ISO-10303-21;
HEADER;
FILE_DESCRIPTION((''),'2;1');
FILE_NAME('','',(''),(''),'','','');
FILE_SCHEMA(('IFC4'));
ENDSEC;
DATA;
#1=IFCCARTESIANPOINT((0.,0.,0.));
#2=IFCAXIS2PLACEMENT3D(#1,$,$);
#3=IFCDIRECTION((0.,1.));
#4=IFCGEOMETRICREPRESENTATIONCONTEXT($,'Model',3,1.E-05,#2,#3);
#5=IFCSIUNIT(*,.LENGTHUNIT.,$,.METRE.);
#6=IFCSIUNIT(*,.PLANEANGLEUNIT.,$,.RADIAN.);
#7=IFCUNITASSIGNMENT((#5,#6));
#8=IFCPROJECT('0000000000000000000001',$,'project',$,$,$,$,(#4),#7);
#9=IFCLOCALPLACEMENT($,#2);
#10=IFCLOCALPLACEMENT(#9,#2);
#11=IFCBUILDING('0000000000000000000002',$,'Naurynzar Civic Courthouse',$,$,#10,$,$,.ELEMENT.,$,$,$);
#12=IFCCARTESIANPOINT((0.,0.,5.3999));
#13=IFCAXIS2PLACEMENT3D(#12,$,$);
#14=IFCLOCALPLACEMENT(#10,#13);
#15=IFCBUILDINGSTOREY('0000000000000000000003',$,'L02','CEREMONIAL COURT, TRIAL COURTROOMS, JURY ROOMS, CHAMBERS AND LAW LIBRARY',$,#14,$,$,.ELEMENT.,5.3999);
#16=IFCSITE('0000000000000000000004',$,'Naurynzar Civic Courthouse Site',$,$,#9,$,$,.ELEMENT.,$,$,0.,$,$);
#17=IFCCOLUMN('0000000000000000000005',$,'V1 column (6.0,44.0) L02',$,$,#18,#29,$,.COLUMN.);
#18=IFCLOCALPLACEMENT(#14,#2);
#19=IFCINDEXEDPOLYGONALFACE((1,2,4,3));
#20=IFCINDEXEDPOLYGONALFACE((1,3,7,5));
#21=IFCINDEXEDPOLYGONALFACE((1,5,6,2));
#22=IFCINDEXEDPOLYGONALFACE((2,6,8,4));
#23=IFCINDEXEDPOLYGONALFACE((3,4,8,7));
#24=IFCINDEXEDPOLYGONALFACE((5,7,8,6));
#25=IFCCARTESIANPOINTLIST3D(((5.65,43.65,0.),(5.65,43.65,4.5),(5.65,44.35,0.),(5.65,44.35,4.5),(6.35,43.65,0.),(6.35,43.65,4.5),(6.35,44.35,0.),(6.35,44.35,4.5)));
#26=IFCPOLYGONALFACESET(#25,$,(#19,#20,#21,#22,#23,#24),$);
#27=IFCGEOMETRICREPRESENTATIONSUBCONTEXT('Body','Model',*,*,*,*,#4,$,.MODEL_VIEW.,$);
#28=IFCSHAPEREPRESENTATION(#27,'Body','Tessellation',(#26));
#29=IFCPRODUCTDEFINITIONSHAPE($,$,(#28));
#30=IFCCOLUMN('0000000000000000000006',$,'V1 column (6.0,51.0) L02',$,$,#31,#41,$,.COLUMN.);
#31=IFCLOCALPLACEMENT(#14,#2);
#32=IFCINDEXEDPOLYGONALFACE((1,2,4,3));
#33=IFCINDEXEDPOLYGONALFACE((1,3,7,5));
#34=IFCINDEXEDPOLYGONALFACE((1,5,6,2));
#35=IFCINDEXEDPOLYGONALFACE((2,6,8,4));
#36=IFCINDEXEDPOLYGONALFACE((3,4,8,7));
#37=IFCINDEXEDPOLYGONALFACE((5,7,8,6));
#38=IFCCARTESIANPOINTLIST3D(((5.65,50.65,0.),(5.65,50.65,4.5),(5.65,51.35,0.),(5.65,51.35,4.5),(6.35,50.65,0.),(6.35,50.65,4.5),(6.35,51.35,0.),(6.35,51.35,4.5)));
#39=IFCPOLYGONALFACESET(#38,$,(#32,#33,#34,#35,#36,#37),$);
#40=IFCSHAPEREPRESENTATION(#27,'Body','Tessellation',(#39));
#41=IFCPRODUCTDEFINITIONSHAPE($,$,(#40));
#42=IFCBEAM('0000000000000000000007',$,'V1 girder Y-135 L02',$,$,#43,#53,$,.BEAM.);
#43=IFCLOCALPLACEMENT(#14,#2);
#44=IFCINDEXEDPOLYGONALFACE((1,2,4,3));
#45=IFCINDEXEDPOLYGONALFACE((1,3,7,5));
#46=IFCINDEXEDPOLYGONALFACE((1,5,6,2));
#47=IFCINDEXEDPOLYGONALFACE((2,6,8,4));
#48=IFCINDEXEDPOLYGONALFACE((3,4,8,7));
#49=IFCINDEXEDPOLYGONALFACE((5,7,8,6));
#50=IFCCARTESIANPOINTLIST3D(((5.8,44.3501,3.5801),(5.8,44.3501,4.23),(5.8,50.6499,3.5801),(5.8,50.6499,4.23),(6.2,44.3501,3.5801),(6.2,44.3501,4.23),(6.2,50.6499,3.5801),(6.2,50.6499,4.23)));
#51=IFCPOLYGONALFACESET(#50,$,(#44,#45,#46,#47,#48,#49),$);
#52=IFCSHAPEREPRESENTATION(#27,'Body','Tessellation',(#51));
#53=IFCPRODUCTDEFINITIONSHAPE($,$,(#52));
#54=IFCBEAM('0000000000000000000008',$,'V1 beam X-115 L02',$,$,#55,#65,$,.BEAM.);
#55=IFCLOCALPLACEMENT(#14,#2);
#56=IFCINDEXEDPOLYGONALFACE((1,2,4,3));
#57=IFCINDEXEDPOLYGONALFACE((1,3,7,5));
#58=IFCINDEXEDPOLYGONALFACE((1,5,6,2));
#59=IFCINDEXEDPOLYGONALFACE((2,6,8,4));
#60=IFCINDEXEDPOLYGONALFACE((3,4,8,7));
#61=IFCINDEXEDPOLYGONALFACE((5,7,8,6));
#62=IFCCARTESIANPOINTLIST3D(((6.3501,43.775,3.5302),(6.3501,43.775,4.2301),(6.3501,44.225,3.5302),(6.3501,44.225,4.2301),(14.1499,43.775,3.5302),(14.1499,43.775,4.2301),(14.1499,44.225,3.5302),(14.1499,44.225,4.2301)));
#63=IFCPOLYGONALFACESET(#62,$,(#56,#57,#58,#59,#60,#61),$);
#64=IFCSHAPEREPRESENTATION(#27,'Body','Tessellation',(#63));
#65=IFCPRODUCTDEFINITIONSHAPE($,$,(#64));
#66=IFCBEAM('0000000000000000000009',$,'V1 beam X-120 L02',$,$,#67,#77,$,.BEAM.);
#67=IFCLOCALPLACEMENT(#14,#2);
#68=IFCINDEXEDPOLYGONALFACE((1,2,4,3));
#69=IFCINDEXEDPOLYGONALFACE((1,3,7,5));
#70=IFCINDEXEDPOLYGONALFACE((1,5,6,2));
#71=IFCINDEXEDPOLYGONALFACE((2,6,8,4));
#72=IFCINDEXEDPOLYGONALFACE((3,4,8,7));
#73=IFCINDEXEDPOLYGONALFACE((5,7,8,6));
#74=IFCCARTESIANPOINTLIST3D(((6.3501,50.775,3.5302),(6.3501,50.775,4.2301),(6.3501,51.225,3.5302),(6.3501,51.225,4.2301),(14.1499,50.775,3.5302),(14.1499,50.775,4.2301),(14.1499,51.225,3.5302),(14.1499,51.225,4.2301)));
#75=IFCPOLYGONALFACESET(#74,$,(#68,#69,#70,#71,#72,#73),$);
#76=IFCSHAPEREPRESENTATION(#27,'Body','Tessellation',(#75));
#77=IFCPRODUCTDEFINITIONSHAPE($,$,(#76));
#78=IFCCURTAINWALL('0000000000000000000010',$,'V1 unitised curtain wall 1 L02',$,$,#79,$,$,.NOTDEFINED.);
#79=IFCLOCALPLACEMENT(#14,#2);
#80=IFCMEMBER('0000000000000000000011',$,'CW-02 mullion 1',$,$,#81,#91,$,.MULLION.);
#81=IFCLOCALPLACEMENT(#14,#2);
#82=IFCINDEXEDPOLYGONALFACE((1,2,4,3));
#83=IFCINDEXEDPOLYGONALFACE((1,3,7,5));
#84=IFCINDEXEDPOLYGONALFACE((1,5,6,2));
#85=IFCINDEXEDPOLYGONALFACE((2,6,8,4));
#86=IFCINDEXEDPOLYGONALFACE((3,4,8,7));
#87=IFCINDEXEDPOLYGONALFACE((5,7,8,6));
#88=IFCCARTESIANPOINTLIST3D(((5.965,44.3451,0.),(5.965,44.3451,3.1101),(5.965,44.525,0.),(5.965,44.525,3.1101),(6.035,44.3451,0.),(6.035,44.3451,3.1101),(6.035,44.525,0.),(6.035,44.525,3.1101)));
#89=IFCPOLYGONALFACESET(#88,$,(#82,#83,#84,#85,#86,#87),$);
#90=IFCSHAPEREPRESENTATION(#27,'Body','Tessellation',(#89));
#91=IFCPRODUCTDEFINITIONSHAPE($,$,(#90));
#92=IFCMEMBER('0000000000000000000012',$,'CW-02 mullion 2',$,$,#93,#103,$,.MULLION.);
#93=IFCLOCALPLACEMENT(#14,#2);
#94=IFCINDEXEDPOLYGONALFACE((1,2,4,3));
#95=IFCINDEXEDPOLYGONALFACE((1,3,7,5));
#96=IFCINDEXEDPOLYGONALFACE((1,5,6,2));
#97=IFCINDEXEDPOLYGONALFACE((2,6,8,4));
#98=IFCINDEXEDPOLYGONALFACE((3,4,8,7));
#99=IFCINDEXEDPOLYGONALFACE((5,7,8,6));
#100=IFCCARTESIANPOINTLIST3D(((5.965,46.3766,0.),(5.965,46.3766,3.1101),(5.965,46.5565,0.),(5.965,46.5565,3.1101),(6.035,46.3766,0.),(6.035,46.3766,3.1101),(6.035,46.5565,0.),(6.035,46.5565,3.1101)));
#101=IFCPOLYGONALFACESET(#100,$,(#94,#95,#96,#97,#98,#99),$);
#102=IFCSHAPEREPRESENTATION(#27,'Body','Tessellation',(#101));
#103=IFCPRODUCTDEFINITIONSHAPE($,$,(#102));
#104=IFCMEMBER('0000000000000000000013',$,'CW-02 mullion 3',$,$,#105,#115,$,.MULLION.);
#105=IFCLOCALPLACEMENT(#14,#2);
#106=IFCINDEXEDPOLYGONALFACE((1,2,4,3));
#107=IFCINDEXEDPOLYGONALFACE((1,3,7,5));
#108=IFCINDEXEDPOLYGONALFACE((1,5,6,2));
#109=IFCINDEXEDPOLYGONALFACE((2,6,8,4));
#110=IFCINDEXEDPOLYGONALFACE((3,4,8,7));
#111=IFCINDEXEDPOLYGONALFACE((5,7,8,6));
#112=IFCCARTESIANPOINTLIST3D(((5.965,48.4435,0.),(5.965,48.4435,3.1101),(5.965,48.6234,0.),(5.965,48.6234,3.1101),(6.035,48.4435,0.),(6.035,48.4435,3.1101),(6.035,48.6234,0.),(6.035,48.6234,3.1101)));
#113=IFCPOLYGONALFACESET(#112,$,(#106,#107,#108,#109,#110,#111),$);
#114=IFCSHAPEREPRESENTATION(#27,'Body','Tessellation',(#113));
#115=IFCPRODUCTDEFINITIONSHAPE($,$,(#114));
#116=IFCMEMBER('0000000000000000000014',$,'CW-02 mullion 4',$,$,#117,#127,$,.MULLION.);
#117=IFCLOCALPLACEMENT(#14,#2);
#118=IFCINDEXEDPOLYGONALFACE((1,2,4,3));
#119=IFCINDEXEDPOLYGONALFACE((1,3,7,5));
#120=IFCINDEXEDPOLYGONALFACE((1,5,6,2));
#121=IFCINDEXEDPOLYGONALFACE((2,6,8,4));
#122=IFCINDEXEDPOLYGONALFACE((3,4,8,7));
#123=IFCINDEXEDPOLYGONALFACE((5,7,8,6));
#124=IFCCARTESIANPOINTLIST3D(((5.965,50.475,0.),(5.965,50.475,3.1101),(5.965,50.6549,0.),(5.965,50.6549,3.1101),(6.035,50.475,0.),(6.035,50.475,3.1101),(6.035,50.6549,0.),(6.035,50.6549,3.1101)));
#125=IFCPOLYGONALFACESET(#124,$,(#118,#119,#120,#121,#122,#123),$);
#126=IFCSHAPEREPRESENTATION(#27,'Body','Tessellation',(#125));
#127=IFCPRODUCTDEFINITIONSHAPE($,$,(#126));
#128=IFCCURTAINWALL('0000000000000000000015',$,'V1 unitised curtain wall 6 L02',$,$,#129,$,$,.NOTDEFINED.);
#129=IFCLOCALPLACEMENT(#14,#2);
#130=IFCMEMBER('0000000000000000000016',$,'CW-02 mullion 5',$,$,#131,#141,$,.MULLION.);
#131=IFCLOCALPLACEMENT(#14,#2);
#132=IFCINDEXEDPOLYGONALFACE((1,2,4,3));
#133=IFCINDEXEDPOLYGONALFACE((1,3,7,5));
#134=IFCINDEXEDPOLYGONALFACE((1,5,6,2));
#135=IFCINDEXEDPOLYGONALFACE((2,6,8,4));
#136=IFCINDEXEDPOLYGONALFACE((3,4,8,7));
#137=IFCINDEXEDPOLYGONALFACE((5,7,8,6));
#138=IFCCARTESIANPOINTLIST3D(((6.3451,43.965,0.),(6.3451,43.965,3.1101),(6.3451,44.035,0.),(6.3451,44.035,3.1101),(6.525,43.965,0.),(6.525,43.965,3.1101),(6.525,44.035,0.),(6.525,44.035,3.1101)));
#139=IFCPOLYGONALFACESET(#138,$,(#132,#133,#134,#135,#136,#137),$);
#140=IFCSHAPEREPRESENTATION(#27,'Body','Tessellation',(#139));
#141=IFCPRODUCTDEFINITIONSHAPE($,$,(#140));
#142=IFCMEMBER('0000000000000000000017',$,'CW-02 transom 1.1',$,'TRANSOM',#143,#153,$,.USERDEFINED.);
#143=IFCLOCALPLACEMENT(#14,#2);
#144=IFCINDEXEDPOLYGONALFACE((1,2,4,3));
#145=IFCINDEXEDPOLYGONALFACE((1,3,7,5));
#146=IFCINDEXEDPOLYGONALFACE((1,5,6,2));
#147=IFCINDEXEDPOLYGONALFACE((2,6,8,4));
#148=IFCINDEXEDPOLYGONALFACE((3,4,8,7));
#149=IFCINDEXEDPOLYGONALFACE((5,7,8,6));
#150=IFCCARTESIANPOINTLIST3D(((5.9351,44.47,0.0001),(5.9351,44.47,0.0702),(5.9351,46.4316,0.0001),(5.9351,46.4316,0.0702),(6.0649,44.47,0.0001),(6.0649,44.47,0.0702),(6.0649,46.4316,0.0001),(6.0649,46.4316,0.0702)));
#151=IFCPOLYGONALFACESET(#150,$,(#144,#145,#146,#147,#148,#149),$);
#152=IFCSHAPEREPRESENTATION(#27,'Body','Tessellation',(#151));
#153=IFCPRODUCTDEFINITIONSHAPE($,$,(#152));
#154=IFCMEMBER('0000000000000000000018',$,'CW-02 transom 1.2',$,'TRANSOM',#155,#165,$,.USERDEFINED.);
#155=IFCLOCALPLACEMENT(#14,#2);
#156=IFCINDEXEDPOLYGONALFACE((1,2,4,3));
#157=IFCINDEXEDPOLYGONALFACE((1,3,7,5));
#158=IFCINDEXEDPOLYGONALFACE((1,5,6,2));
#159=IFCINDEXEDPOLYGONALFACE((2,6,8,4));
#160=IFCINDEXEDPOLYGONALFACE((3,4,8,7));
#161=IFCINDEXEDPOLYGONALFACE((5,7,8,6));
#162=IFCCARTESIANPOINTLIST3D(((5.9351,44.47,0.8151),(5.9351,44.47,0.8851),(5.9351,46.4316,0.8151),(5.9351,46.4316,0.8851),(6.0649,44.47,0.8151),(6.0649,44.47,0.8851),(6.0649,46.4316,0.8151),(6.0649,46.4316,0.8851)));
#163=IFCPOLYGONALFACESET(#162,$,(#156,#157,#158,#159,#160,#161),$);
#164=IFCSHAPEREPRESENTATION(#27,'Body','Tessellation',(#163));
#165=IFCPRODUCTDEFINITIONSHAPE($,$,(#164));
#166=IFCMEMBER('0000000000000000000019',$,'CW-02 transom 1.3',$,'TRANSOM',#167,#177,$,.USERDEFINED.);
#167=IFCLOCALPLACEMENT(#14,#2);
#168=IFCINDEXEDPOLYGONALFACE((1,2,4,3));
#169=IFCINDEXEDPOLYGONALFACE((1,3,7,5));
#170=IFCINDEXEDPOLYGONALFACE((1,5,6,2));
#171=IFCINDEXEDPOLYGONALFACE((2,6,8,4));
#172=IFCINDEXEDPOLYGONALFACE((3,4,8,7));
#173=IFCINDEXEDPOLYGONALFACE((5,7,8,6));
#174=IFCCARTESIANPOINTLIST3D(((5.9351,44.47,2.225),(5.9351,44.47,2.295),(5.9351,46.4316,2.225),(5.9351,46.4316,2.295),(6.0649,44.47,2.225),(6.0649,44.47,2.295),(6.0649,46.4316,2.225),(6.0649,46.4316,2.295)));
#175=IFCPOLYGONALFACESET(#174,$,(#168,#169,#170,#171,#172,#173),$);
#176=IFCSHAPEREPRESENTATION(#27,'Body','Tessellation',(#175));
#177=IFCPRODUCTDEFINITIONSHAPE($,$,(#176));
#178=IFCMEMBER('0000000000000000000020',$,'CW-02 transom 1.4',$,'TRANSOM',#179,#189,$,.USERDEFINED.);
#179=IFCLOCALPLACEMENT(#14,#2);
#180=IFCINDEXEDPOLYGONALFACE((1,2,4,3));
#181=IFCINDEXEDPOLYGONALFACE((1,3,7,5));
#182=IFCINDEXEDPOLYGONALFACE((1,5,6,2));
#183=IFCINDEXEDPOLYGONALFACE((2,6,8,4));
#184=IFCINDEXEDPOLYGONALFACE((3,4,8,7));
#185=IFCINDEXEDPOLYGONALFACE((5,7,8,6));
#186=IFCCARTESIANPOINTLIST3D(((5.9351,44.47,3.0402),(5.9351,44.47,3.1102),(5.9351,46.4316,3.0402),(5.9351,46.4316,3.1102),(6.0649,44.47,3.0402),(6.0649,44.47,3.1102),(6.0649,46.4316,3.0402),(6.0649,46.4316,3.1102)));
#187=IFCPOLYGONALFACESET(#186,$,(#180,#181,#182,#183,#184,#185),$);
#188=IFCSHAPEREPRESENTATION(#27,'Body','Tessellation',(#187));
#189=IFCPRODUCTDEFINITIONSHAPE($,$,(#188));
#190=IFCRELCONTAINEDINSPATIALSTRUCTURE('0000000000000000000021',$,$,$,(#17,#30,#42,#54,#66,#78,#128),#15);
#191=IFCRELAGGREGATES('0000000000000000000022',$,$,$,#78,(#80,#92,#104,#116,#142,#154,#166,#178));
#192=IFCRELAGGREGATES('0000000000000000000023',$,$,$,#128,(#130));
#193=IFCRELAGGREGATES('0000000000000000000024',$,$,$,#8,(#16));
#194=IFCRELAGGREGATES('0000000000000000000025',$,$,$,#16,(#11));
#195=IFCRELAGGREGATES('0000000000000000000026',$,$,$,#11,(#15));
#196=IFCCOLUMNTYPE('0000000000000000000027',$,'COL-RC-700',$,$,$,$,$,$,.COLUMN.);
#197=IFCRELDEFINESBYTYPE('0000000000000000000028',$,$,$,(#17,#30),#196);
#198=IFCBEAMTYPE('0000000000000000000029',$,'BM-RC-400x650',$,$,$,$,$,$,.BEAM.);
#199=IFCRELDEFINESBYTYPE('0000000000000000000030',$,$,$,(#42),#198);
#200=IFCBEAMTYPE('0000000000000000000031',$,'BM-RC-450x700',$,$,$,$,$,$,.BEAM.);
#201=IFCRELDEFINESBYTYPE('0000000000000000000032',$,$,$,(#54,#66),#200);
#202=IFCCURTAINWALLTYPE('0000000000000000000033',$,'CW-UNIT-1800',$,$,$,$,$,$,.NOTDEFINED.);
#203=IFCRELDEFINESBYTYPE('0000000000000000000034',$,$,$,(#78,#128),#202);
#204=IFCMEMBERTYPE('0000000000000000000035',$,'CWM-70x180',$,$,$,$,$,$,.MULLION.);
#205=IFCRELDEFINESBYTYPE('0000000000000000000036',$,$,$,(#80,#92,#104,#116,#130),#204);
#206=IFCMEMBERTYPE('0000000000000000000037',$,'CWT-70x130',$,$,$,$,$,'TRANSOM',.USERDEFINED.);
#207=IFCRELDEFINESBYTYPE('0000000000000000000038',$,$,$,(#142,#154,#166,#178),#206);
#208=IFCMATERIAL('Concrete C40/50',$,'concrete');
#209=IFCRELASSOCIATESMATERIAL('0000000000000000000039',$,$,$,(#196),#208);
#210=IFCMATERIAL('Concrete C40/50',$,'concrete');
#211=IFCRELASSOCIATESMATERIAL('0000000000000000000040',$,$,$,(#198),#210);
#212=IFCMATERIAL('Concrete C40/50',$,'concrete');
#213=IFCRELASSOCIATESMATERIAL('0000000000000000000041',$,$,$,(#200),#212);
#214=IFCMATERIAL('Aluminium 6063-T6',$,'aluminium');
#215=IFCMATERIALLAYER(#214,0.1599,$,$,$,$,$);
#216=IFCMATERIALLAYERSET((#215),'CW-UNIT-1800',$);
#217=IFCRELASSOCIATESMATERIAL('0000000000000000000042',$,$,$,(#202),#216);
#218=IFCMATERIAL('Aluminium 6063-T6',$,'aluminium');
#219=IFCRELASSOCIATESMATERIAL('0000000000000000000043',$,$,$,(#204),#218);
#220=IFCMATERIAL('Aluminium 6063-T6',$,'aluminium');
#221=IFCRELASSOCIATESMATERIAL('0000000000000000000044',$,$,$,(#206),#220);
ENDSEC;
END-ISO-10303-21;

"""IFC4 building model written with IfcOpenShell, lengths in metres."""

from ifc_helpers import new_model, si_unit, direction, frame, origin, origin_2d, place, context, subcontext, project, spatial, rectangle, extrude, material, layer, layer_set, material_profile, profile_set, type_object, element, aggregate, save


model = new_model("IFC4")

# Units and contexts
model_context = context("Model", 3, precision=1e-05, world=origin(), true_north=direction((0.0, 1.0)))
body_context = subcontext(model_context, "Body", "Model", "MODEL_VIEW")
ifc_project = project(units=[si_unit("LENGTHUNIT", "METRE"), si_unit("PLANEANGLEUNIT", "RADIAN")], contexts=[model_context])

# Site, building, storey
site_placement = place(None, origin())
site = spatial("IfcSite", under=ifc_project, at=site_placement, Name="Naurynzar Civic Courthouse Site", CompositionType="ELEMENT", RefElevation=0.0)
building_placement = place(site_placement, origin())
building = spatial("IfcBuilding", under=site, at=building_placement, Name="Naurynzar Civic Courthouse", CompositionType="ELEMENT")
storey_placement = place(building_placement, frame((0.0, 0.0, 5.3999)))
storey = spatial("IfcBuildingStorey", under=building, at=storey_placement, Name="L02", Description="CEREMONIAL COURT, TRIAL COURTROOMS, JURY ROOMS, CHAMBERS AND LAW LIBRARY", CompositionType="ELEMENT", Elevation=5.3999)

# Columns
ifc_material_1 = material(Name="Concrete C40/50", Category="concrete")
ifc_material_profile_1 = material_profile(ifc_material_1, rectangle(XDim=0.7, YDim=0.7, at=origin_2d()), Name="RC 700x700")
ifc_profile_set_1 = profile_set([ifc_material_profile_1], Name="Concrete C40/50")
column_type = type_object("IfcColumnType", Name="COL-RC-700", PredefinedType="COLUMN", material=ifc_profile_set_1)
for number, where, z_axis, x_axis, name in (
    (1, (6.0, 44.0, 0.0), (0.0, 0.0, 1.0), (1.0, 0.0, 0.0), "V1 column (6.0,44.0) L02"),
    (2, (6.0, 51.0, 0.0), (0.0, 0.0, 1.0), (1.0, 0.0, 0.0), "V1 column (6.0,51.0) L02"),
):
    element("IfcColumn", number, at=place(storey_placement, frame(where, z_axis=z_axis, x_axis=x_axis)), inside=storey, type_object=column_type, Name=name, PredefinedType="COLUMN", context=body_context, shape_type="SweptSolid", body=[
        extrude(rectangle(XDim=0.7, YDim=0.7, at=origin_2d()), origin(), (0.0, 0.0, 1.0), 4.5),
    ])

# Beams
ifc_material_2 = material(Name="Concrete C40/50", Category="concrete")
ifc_material_profile_2 = material_profile(ifc_material_2, rectangle(XDim=0.3999, YDim=0.6499, at=origin_2d()), Name="RCB 400x650")
ifc_profile_set_2 = profile_set([ifc_material_profile_2], Name="Concrete C40/50")
beam_type_1 = type_object("IfcBeamType", Name="BM-RC-400x650", PredefinedType="BEAM", material=ifc_profile_set_2)
beam_placement = place(storey_placement, frame((6.0, 44.3501, 3.905), z_axis=(0.0, 1.0, 0.0), x_axis=(-1.0, 0.0, 0.0)))
element("IfcBeam", 3, at=beam_placement, inside=storey, type_object=beam_type_1, Name="V1 girder Y-135 L02", PredefinedType="BEAM", context=body_context, shape_type="SweptSolid", body=[
    extrude(rectangle(XDim=0.3999, YDim=0.6499, at=origin_2d()), origin(), (0.0, 0.0, 1.0), 6.2998),
])
ifc_material_3 = material(Name="Concrete C40/50", Category="concrete")
ifc_material_profile_3 = material_profile(ifc_material_3, rectangle(XDim=0.45, YDim=0.7, at=origin_2d()), Name="RCB 450x700")
ifc_profile_set_3 = profile_set([ifc_material_profile_3], Name="Concrete C40/50")
beam_type_2 = type_object("IfcBeamType", Name="BM-RC-450x700", PredefinedType="BEAM", material=ifc_profile_set_3)
for number, where, z_axis, x_axis, name in (
    (4, (6.3501, 44.0, 3.8801), (1.0, 0.0, 0.0), (0.0, 1.0, 0.0), "V1 beam X-115 L02"),
    (5, (6.3501, 51.0, 3.8801), (1.0, 0.0, 0.0), (0.0, 1.0, 0.0), "V1 beam X-120 L02"),
):
    element("IfcBeam", number, at=place(storey_placement, frame(where, z_axis=z_axis, x_axis=x_axis)), inside=storey, type_object=beam_type_2, Name=name, PredefinedType="BEAM", context=body_context, shape_type="SweptSolid", body=[
        extrude(rectangle(XDim=0.45, YDim=0.7, at=origin_2d()), origin(), (0.0, 0.0, 1.0), 7.7998),
    ])

# Curtain wall, members
ifc_material_4 = material(Name="Aluminium 6063-T6", Category="aluminium")
ifc_layer_1 = layer(ifc_material_4, 0.1599)
ifc_layer_set_1 = layer_set([ifc_layer_1], Name="CW-UNIT-1800")
curtain_wall_type = type_object("IfcCurtainWallType", Name="CW-UNIT-1800", PredefinedType="NOTDEFINED", material=ifc_layer_set_1)
curtain_wall_1_placement = place(storey_placement, origin())
curtain_wall_1 = element("IfcCurtainWall", 6, at=curtain_wall_1_placement, inside=storey, type_object=curtain_wall_type, Name="V1 unitised curtain wall 1 L02", PredefinedType="NOTDEFINED")
ifc_material_5 = material(Name="Aluminium 6063-T6", Category="aluminium")
ifc_material_profile_4 = material_profile(ifc_material_5, rectangle(XDim=0.0701, YDim=0.1799, at=origin_2d()), Name="ALU MULLION 70x180")
ifc_profile_set_4 = profile_set([ifc_material_profile_4], Name="Aluminium 6063-T6")
member_type_1 = type_object("IfcMemberType", Name="CWM-70x180", PredefinedType="MULLION", material=ifc_profile_set_4)
member_1_placement = place(storey_placement, frame((6.0, 44.4351, 0.0), z_axis=(0.0, 0.0, 1.0), x_axis=(-1.0, 0.0, 0.0)))
member_1 = element("IfcMember", 7, at=member_1_placement, type_object=member_type_1, Name="CW-02 mullion 1", PredefinedType="MULLION", context=body_context, shape_type="SweptSolid", body=[
    extrude(rectangle(XDim=0.0701, YDim=0.1799, at=origin_2d()), origin(), (0.0, 0.0, 1.0), 3.1101),
])
member_2_placement = place(storey_placement, frame((6.0, 46.4666, 0.0), z_axis=(0.0, 0.0, 1.0), x_axis=(-1.0, 0.0, 0.0)))
member_2 = element("IfcMember", 8, at=member_2_placement, type_object=member_type_1, Name="CW-02 mullion 2", PredefinedType="MULLION", context=body_context, shape_type="SweptSolid", body=[
    extrude(rectangle(XDim=0.0701, YDim=0.1799, at=origin_2d()), origin(), (0.0, 0.0, 1.0), 3.1101),
])
member_3_placement = place(storey_placement, frame((6.0, 48.5334, 0.0), z_axis=(0.0, 0.0, 1.0), x_axis=(-1.0, 0.0, 0.0)))
member_3 = element("IfcMember", 9, at=member_3_placement, type_object=member_type_1, Name="CW-02 mullion 3", PredefinedType="MULLION", context=body_context, shape_type="SweptSolid", body=[
    extrude(rectangle(XDim=0.0701, YDim=0.1799, at=origin_2d()), origin(), (0.0, 0.0, 1.0), 3.1101),
])
member_4_placement = place(storey_placement, frame((6.0, 50.5649, 0.0), z_axis=(0.0, 0.0, 1.0), x_axis=(-1.0, 0.0, 0.0)))
member_4 = element("IfcMember", 10, at=member_4_placement, type_object=member_type_1, Name="CW-02 mullion 4", PredefinedType="MULLION", context=body_context, shape_type="SweptSolid", body=[
    extrude(rectangle(XDim=0.0701, YDim=0.1799, at=origin_2d()), origin(), (0.0, 0.0, 1.0), 3.1101),
])

# Curtain wall, member
curtain_wall_2_placement = place(storey_placement, origin())
curtain_wall_2 = element("IfcCurtainWall", 11, at=curtain_wall_2_placement, inside=storey, type_object=curtain_wall_type, Name="V1 unitised curtain wall 6 L02", PredefinedType="NOTDEFINED")
member_5_placement = place(storey_placement, frame((6.4351, 44.0, 0.0), z_axis=(0.0, 0.0, 1.0), x_axis=(0.0, -1.0, 0.0)))
member_5 = element("IfcMember", 12, at=member_5_placement, type_object=member_type_1, Name="CW-02 mullion 5", PredefinedType="MULLION", context=body_context, shape_type="SweptSolid", body=[
    extrude(rectangle(XDim=0.0701, YDim=0.1799, at=origin_2d()), origin(), (0.0, 0.0, 1.0), 3.1101),
])

# Members
ifc_material_6 = material(Name="Aluminium 6063-T6", Category="aluminium")
ifc_material_profile_5 = material_profile(ifc_material_6, rectangle(XDim=0.1299, YDim=0.0701, at=origin_2d()), Name="ALU TRANSOM 70x130")
ifc_profile_set_5 = profile_set([ifc_material_profile_5], Name="Aluminium 6063-T6")
member_type_2 = type_object("IfcMemberType", Name="CWT-70x130", ElementType="TRANSOM", PredefinedType="USERDEFINED", material=ifc_profile_set_5)
member_6_placement = place(storey_placement, frame((6.0, 44.47, 0.0352), z_axis=(0.0, 1.0, 0.0), x_axis=(-1.0, 0.0, 0.0)))
member_6 = element("IfcMember", 13, at=member_6_placement, type_object=member_type_2, Name="CW-02 transom 1.1", ObjectType="TRANSOM", PredefinedType="USERDEFINED", context=body_context, shape_type="SweptSolid", body=[
    extrude(rectangle(XDim=0.1299, YDim=0.0701, at=origin_2d()), origin(), (0.0, 0.0, 1.0), 1.9617),
])
member_7_placement = place(storey_placement, frame((6.0, 44.47, 0.8501), z_axis=(0.0, 1.0, 0.0), x_axis=(-1.0, 0.0, 0.0)))
member_7 = element("IfcMember", 14, at=member_7_placement, type_object=member_type_2, Name="CW-02 transom 1.2", ObjectType="TRANSOM", PredefinedType="USERDEFINED", context=body_context, shape_type="SweptSolid", body=[
    extrude(rectangle(XDim=0.1299, YDim=0.0701, at=origin_2d()), origin(), (0.0, 0.0, 1.0), 1.9617),
])
member_8_placement = place(storey_placement, frame((6.0, 44.47, 2.26), z_axis=(0.0, 1.0, 0.0), x_axis=(-1.0, 0.0, 0.0)))
member_8 = element("IfcMember", 15, at=member_8_placement, type_object=member_type_2, Name="CW-02 transom 1.3", ObjectType="TRANSOM", PredefinedType="USERDEFINED", context=body_context, shape_type="SweptSolid", body=[
    extrude(rectangle(XDim=0.1299, YDim=0.0701, at=origin_2d()), origin(), (0.0, 0.0, 1.0), 1.9617),
])
member_9_placement = place(storey_placement, frame((6.0, 44.47, 3.0752), z_axis=(0.0, 1.0, 0.0), x_axis=(-1.0, 0.0, 0.0)))
member_9 = element("IfcMember", 16, at=member_9_placement, type_object=member_type_2, Name="CW-02 transom 1.4", ObjectType="TRANSOM", PredefinedType="USERDEFINED", context=body_context, shape_type="SweptSolid", body=[
    extrude(rectangle(XDim=0.1299, YDim=0.0701, at=origin_2d()), origin(), (0.0, 0.0, 1.0), 1.9617),
])

aggregate(curtain_wall_1, [member_1, member_2, member_3, member_4, member_6, member_7, member_8, member_9])
aggregate(curtain_wall_2, [member_5])

save(model, "model.ifc")
